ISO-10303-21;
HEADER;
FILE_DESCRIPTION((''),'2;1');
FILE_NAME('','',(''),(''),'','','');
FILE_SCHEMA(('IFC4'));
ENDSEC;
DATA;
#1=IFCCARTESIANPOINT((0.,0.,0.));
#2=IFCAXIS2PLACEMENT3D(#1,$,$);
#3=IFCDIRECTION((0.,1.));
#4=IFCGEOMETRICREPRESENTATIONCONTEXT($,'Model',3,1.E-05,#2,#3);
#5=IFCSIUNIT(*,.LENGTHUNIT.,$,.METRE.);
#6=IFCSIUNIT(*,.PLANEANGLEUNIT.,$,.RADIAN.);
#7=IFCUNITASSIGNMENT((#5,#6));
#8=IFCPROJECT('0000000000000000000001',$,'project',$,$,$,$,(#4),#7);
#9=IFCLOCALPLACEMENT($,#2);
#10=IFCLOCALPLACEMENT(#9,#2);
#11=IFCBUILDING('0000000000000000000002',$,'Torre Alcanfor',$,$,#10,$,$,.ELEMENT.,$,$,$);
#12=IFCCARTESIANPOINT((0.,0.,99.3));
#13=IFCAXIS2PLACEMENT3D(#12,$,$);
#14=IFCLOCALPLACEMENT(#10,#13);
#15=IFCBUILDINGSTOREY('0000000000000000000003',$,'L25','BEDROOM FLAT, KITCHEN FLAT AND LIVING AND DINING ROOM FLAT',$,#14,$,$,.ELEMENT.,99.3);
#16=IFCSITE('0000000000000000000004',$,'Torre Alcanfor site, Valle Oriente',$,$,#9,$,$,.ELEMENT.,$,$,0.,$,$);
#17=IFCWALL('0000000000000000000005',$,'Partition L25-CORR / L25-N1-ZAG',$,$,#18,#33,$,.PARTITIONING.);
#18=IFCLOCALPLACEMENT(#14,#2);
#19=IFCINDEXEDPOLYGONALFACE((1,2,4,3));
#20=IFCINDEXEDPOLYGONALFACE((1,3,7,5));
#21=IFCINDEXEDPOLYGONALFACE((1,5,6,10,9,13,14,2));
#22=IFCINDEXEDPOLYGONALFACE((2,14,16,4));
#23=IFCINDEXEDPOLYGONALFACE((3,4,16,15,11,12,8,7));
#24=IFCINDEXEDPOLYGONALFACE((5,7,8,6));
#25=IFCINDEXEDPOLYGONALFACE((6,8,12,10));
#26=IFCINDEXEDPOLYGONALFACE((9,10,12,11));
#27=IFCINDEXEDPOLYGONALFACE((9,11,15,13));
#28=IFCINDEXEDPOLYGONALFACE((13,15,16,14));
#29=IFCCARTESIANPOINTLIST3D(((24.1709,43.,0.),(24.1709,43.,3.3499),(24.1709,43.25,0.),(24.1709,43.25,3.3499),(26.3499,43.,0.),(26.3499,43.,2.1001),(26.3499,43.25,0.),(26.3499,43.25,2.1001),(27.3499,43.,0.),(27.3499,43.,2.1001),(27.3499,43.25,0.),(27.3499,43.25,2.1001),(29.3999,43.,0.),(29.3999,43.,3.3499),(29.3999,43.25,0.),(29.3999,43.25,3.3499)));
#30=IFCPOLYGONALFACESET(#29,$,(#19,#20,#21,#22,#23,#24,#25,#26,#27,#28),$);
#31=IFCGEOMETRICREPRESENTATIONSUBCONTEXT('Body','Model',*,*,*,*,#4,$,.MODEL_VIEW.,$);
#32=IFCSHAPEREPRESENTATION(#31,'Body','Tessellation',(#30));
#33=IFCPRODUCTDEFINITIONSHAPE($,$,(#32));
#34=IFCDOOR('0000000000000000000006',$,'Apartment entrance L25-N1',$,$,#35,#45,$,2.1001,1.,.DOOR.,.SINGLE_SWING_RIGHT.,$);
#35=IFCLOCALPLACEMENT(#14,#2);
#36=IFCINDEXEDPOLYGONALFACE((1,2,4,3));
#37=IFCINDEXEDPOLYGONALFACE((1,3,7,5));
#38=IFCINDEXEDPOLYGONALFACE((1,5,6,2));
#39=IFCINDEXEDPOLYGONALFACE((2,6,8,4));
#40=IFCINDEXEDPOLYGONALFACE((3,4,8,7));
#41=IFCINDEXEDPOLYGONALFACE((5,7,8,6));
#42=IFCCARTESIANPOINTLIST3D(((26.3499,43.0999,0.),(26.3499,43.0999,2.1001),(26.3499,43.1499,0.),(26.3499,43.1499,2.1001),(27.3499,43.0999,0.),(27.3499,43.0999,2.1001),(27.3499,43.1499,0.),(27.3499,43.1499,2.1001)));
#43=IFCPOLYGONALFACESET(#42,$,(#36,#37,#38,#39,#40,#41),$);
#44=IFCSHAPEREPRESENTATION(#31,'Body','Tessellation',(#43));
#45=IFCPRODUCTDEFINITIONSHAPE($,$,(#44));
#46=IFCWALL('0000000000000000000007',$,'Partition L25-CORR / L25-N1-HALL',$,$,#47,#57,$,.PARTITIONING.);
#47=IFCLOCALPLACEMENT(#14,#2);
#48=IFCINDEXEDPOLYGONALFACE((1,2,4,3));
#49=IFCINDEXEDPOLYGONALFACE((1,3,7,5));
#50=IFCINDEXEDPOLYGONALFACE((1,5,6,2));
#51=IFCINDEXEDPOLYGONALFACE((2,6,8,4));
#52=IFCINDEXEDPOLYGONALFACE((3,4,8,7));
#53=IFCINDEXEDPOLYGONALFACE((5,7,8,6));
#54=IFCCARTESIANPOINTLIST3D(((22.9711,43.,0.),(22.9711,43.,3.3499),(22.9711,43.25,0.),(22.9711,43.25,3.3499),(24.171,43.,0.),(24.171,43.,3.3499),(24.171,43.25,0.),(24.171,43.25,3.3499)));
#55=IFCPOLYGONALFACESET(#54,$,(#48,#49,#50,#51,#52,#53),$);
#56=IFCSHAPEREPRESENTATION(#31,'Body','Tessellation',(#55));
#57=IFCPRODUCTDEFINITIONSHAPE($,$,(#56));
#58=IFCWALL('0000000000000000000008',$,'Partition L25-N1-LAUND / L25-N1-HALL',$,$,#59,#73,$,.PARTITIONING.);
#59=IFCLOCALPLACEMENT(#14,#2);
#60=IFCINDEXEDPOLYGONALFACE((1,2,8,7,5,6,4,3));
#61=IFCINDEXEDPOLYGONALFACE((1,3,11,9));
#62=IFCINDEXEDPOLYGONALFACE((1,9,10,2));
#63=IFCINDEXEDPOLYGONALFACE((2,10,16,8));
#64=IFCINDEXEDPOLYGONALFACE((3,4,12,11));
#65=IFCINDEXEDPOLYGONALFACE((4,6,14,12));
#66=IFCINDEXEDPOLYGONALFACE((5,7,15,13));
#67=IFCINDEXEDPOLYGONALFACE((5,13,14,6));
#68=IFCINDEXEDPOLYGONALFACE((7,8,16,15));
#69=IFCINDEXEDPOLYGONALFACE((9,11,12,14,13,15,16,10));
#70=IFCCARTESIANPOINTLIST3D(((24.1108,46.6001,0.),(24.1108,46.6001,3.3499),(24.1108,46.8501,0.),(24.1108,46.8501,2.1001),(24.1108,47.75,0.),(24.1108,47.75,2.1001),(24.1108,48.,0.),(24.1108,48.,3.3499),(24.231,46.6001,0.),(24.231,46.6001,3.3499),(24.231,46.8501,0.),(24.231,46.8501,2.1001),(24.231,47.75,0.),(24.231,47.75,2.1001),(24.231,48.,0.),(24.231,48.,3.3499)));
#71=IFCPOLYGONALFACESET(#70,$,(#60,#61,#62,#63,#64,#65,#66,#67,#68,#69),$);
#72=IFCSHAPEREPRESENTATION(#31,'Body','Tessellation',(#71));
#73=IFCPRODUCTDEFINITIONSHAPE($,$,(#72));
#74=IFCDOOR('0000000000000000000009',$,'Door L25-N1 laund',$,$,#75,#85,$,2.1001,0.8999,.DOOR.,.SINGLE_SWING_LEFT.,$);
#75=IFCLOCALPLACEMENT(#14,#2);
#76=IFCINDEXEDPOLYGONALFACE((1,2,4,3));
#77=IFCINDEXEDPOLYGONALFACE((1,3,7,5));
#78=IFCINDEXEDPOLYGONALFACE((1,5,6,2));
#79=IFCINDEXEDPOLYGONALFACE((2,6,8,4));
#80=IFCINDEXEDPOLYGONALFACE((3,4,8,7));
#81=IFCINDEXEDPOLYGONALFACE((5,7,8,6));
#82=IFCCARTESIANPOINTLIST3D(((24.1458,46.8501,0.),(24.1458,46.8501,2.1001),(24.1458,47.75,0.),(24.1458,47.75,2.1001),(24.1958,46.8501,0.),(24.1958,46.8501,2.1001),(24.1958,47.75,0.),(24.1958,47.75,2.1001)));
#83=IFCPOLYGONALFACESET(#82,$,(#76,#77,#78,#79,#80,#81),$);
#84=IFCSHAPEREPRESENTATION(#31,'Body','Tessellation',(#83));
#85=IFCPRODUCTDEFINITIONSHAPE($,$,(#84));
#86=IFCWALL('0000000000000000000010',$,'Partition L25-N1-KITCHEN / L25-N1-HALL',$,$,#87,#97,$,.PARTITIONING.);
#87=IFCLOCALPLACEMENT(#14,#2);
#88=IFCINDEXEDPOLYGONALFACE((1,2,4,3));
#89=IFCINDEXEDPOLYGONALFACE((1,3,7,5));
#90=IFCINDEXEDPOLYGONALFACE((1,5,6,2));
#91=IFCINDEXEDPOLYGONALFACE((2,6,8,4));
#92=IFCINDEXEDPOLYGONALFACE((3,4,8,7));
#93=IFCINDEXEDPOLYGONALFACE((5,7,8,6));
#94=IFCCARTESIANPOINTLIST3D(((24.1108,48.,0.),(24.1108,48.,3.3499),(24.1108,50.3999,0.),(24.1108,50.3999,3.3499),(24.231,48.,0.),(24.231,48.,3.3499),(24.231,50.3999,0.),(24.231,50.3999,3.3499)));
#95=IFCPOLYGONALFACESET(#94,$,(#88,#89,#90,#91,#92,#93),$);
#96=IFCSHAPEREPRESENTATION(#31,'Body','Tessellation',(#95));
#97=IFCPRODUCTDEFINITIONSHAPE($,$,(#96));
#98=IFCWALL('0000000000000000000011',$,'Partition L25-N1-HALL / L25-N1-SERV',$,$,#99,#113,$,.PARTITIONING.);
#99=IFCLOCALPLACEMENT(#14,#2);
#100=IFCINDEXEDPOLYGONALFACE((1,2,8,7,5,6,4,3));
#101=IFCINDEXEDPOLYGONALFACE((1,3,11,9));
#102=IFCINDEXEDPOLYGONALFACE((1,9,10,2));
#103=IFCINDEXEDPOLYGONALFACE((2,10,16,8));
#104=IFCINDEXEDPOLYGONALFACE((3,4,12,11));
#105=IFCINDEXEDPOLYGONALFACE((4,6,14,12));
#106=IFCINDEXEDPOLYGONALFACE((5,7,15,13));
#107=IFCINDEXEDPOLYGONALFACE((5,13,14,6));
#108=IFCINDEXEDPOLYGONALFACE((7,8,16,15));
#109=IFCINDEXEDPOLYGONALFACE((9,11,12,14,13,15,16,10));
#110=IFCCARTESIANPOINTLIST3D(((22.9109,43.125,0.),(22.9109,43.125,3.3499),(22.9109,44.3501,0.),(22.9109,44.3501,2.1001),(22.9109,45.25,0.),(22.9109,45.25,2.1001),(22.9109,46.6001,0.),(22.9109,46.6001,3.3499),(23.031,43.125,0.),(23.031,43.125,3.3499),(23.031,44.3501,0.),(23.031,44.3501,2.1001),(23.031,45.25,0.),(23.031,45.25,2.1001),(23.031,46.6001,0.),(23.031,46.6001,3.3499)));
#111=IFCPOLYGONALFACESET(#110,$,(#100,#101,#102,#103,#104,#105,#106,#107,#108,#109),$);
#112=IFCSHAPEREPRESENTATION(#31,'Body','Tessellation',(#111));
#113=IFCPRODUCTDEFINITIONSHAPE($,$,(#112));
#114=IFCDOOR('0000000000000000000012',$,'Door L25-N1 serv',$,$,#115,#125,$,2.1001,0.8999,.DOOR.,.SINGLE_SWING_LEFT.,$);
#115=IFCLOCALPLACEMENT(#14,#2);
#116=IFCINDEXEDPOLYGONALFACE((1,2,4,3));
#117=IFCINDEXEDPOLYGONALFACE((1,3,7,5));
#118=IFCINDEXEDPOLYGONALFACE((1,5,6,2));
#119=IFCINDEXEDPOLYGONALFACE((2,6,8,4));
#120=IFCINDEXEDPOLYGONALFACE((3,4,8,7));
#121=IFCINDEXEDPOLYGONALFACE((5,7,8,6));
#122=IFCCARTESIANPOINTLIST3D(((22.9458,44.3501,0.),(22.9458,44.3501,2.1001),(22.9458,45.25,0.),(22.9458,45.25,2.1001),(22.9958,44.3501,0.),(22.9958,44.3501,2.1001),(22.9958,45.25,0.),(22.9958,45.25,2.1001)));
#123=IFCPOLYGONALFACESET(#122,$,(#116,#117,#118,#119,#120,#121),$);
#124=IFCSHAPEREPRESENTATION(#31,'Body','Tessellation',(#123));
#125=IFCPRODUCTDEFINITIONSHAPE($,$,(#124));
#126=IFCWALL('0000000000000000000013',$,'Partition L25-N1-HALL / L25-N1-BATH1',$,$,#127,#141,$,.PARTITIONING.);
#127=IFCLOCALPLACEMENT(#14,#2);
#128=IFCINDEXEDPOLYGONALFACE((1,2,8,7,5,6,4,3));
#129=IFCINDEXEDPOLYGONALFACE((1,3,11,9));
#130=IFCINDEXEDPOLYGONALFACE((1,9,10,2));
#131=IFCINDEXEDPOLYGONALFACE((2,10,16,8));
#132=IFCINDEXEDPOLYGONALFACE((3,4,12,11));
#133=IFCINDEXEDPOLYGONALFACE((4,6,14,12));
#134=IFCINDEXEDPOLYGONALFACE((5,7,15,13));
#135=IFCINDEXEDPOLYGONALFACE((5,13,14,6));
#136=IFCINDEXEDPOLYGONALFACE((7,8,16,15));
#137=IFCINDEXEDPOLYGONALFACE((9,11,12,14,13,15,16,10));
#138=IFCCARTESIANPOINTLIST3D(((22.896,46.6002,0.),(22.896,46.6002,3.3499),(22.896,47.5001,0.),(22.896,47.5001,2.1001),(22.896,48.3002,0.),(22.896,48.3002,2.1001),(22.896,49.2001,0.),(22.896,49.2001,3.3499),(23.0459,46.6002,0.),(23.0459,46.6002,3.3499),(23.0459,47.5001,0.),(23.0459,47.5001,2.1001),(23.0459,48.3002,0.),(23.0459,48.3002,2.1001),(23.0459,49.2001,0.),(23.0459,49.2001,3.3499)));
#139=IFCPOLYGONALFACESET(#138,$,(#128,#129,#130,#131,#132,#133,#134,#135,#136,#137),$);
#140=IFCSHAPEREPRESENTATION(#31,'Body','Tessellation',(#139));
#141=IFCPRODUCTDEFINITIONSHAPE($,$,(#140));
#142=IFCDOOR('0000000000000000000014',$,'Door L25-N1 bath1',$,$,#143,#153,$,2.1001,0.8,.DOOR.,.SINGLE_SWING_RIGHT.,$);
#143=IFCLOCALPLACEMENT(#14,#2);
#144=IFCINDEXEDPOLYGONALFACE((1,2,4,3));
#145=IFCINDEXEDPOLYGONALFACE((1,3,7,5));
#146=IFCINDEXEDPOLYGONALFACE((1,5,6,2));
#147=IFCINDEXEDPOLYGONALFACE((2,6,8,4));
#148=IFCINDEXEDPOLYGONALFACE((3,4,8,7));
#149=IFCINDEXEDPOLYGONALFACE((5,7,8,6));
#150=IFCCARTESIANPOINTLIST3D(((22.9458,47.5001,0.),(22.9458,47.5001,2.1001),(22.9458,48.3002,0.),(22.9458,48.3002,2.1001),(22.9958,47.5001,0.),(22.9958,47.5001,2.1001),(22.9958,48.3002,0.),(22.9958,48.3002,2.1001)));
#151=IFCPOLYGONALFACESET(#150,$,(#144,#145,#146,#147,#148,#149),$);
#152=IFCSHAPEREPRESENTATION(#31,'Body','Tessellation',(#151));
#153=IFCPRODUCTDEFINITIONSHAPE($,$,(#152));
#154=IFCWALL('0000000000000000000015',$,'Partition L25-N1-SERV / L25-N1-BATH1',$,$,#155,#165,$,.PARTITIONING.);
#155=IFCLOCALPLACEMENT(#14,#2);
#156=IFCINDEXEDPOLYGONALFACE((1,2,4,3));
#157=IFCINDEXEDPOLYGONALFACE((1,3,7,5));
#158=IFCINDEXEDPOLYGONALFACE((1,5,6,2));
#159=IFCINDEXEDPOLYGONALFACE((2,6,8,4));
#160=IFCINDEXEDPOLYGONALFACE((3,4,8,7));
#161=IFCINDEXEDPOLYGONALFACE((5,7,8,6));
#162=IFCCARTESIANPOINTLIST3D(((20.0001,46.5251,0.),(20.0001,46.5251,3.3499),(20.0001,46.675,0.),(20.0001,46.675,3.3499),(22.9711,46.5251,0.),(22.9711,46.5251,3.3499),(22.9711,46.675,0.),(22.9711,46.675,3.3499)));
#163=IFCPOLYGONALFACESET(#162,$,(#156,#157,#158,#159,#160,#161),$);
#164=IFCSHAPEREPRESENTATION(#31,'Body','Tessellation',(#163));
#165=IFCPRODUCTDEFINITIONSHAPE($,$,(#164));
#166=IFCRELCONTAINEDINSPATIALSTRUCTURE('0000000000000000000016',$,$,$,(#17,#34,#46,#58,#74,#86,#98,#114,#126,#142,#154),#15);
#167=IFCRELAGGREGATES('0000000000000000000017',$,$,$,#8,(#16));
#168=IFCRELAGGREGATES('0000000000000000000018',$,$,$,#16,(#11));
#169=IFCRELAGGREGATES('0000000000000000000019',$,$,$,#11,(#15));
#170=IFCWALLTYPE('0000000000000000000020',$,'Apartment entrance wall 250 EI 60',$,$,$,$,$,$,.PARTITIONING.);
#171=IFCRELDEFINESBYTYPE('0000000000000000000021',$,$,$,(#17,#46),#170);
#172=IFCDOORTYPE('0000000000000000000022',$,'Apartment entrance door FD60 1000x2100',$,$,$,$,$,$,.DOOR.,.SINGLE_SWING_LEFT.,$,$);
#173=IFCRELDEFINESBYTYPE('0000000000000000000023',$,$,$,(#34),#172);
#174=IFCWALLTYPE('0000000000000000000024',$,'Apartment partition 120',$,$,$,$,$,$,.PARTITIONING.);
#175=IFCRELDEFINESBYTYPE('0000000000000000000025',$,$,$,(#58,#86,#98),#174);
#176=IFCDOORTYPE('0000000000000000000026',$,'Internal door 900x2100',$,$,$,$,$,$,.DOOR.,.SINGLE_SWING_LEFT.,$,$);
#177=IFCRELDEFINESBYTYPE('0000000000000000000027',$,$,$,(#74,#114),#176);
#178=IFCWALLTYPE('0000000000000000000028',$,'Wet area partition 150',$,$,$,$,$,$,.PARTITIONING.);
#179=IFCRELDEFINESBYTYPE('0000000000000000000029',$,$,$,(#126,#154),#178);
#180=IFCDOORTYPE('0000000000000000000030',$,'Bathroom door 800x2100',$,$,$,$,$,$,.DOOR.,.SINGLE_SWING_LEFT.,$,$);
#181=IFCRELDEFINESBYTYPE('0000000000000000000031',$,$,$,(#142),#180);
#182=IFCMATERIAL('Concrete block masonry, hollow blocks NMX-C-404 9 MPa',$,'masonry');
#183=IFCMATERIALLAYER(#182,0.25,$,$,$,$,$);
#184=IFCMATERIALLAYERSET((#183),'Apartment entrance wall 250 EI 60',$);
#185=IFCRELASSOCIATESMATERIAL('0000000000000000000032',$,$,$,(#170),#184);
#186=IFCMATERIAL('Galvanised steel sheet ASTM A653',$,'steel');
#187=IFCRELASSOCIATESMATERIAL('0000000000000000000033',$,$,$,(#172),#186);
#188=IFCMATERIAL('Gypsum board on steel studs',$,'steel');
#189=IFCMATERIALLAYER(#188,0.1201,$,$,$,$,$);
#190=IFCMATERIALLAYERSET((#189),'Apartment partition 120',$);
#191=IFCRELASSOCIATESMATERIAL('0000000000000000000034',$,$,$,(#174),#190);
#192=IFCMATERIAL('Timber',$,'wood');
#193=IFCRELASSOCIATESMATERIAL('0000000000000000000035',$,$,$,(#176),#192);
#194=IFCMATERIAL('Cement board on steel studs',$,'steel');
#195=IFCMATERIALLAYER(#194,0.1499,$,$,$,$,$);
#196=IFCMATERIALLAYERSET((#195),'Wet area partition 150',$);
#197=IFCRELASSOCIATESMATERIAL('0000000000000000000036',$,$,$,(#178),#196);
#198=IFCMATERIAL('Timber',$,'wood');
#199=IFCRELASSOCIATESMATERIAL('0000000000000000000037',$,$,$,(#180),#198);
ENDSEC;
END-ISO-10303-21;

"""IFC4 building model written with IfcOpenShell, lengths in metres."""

from ifc_helpers import new_model, si_unit, direction, frame, frame_2d, origin, place, context, subcontext, project, spatial, rectangle, extrude, material, layer, layer_set, type_object, element, fill, save


model = new_model("IFC4")

# Units and contexts
model_context = context("Model", 3, precision=1e-05, world=origin(), true_north=direction((0.0, 1.0)))
body_context = subcontext(model_context, "Body", "Model", "MODEL_VIEW")
ifc_project = project(units=[si_unit("LENGTHUNIT", "METRE"), si_unit("PLANEANGLEUNIT", "RADIAN")], contexts=[model_context])

# Site, building, storey
site_placement = place(None, origin())
site = spatial("IfcSite", under=ifc_project, at=site_placement, Name="Torre Alcanfor site, Valle Oriente", CompositionType="ELEMENT", RefElevation=0.0)
building_placement = place(site_placement, origin())
building = spatial("IfcBuilding", under=site, at=building_placement, Name="Torre Alcanfor", CompositionType="ELEMENT")
storey_placement = place(building_placement, frame((0.0, 0.0, 99.3)))
storey = spatial("IfcBuildingStorey", under=building, at=storey_placement, Name="L25", Description="BEDROOM FLAT, KITCHEN FLAT AND LIVING AND DINING ROOM FLAT", CompositionType="ELEMENT", Elevation=99.3)

# Wall, opening, door
ifc_material_1 = material(Name="Concrete block masonry, hollow blocks NMX-C-404 9 MPa", Category="masonry")
ifc_layer_1 = layer(ifc_material_1, 0.25)
ifc_layer_set_1 = layer_set([ifc_layer_1], Name="Apartment entrance wall 250 EI 60")
wall_type_1 = type_object("IfcWallType", Name="Apartment entrance wall 250 EI 60", PredefinedType="PARTITIONING", material=ifc_layer_set_1)
wall_1_placement = place(storey_placement, frame((24.1709, 43.125, 0.0), z_axis=(0.0, 0.0, 1.0), x_axis=(1.0, 0.0, 0.0)))
wall_1 = element("IfcWall", 1, at=wall_1_placement, inside=storey, type_object=wall_type_1, Name="Partition L25-CORR / L25-N1-ZAG", PredefinedType="PARTITIONING", context=body_context, shape_type="SweptSolid", body=[
    extrude(rectangle(XDim=5.229, YDim=0.25, at=frame_2d((2.6145, 0.0))), origin(), (0.0, 0.0, 1.0), 3.3499),
])
opening_1_placement = place(wall_1_placement, frame((2.179, 0.0, 0.0)))
opening_1 = element("IfcOpeningElement", 2, at=opening_1_placement, cuts=wall_1, PredefinedType="OPENING", context=body_context, shape_type="SweptSolid", body=[
    extrude(rectangle(XDim=1.0, YDim=2.1001, at=frame_2d((0.5, 1.05))), frame((0.0, 0.135, 0.0), z_axis=(0.0, -1.0, 0.0), x_axis=(1.0, 0.0, 0.0)), (0.0, 0.0, 1.0), 0.27),
])
ifc_material_2 = material(Name="Galvanised steel sheet ASTM A653", Category="steel")
door_type_1 = type_object("IfcDoorType", Name="Apartment entrance door FD60 1000x2100", OperationType="SINGLE_SWING_LEFT", PredefinedType="DOOR", material=ifc_material_2)
door_1_placement = place(opening_1_placement, origin())
door_1 = element("IfcDoor", 3, at=door_1_placement, inside=storey, type_object=door_type_1, Name="Apartment entrance L25-N1", OperationType="SINGLE_SWING_RIGHT", OverallHeight=2.1001, OverallWidth=1.0, PredefinedType="DOOR", context=body_context, shape_type="SweptSolid", body=[
    extrude(rectangle(XDim=1.0, YDim=2.1001, at=frame_2d((0.5, 1.05))), frame((0.0, 0.0249, 0.0), z_axis=(0.0, -1.0, 0.0), x_axis=(1.0, 0.0, 0.0)), (0.0, 0.0, 1.0), 0.05),
])
fill(opening_1, door_1)

# Wall
wall_2_placement = place(storey_placement, frame((22.9709, 43.125, 0.0), z_axis=(0.0, 0.0, 1.0), x_axis=(1.0, 0.0, 0.0)))
element("IfcWall", 4, at=wall_2_placement, inside=storey, type_object=wall_type_1, Name="Partition L25-CORR / L25-N1-HALL", PredefinedType="PARTITIONING", context=body_context, shape_type="SweptSolid", body=[
    extrude(rectangle(XDim=1.2, YDim=0.25, at=frame_2d((0.6001, 0.0))), origin(), (0.0, 0.0, 1.0), 3.3499),
])

# Wall, opening, door
ifc_material_3 = material(Name="Gypsum board on steel studs", Category="steel")
ifc_layer_2 = layer(ifc_material_3, 0.1201)
ifc_layer_set_2 = layer_set([ifc_layer_2], Name="Apartment partition 120")
wall_type_2 = type_object("IfcWallType", Name="Apartment partition 120", PredefinedType="PARTITIONING", material=ifc_layer_set_2)
wall_3_placement = place(storey_placement, frame((24.1709, 48.0, 0.0), z_axis=(0.0, 0.0, 1.0), x_axis=(0.0, -1.0, 0.0)))
wall_3 = element("IfcWall", 5, at=wall_3_placement, inside=storey, type_object=wall_type_2, Name="Partition L25-N1-LAUND / L25-N1-HALL", PredefinedType="PARTITIONING", context=body_context, shape_type="SweptSolid", body=[
    extrude(rectangle(XDim=1.3999, YDim=0.1201, at=frame_2d((0.7, 0.0))), origin(), (0.0, 0.0, 1.0), 3.3499),
])
opening_2_placement = place(wall_3_placement, frame((0.25, 0.0, 0.0)))
opening_2 = element("IfcOpeningElement", 6, at=opening_2_placement, cuts=wall_3, PredefinedType="OPENING", context=body_context, shape_type="SweptSolid", body=[
    extrude(rectangle(XDim=0.8999, YDim=2.1001, at=frame_2d((0.45, 1.05))), frame((0.0, 0.0701, 0.0), z_axis=(0.0, -1.0, 0.0), x_axis=(1.0, 0.0, 0.0)), (0.0, 0.0, 1.0), 0.1401),
])
ifc_material_4 = material(Name="Timber", Category="wood")
door_type_2 = type_object("IfcDoorType", Name="Internal door 900x2100", OperationType="SINGLE_SWING_LEFT", PredefinedType="DOOR", material=ifc_material_4)
door_2_placement = place(opening_2_placement, origin())
door_2 = element("IfcDoor", 7, at=door_2_placement, inside=storey, type_object=door_type_2, Name="Door L25-N1 laund", OperationType="SINGLE_SWING_LEFT", OverallHeight=2.1001, OverallWidth=0.8999, PredefinedType="DOOR", context=body_context, shape_type="SweptSolid", body=[
    extrude(rectangle(XDim=0.8999, YDim=2.1001, at=frame_2d((0.45, 1.05))), frame((0.0, 0.0249, 0.0), z_axis=(0.0, -1.0, 0.0), x_axis=(1.0, 0.0, 0.0)), (0.0, 0.0, 1.0), 0.05),
])
fill(opening_2, door_2)

# Wall
wall_4_placement = place(storey_placement, frame((24.1709, 50.3999, 0.0), z_axis=(0.0, 0.0, 1.0), x_axis=(0.0, -1.0, 0.0)))
element("IfcWall", 8, at=wall_4_placement, inside=storey, type_object=wall_type_2, Name="Partition L25-N1-KITCHEN / L25-N1-HALL", PredefinedType="PARTITIONING", context=body_context, shape_type="SweptSolid", body=[
    extrude(rectangle(XDim=2.3999, YDim=0.1201, at=frame_2d((1.2, 0.0))), origin(), (0.0, 0.0, 1.0), 3.3499),
])

# Walls, openings, doors
wall_5_placement = place(storey_placement, frame((22.9709, 46.6001, 0.0), z_axis=(0.0, 0.0, 1.0), x_axis=(0.0, -1.0, 0.0)))
wall_5 = element("IfcWall", 9, at=wall_5_placement, inside=storey, type_object=wall_type_2, Name="Partition L25-N1-HALL / L25-N1-SERV", PredefinedType="PARTITIONING", context=body_context, shape_type="SweptSolid", body=[
    extrude(rectangle(XDim=3.4751, YDim=0.1201, at=frame_2d((1.7375, 0.0))), origin(), (0.0, 0.0, 1.0), 3.3499),
])
opening_3_placement = place(wall_5_placement, frame((1.3501, 0.0, 0.0)))
opening_3 = element("IfcOpeningElement", 10, at=opening_3_placement, cuts=wall_5, PredefinedType="OPENING", context=body_context, shape_type="SweptSolid", body=[
    extrude(rectangle(XDim=0.8999, YDim=2.1001, at=frame_2d((0.45, 1.05))), frame((0.0, 0.0701, 0.0), z_axis=(0.0, -1.0, 0.0), x_axis=(1.0, 0.0, 0.0)), (0.0, 0.0, 1.0), 0.1401),
])
door_3_placement = place(opening_3_placement, frame((0.8999, 0.0, 0.0), z_axis=(0.0, 0.0, 1.0), x_axis=(-1.0, 0.0, 0.0)))
door_3 = element("IfcDoor", 11, at=door_3_placement, inside=storey, type_object=door_type_2, Name="Door L25-N1 serv", OperationType="SINGLE_SWING_LEFT", OverallHeight=2.1001, OverallWidth=0.8999, PredefinedType="DOOR", context=body_context, shape_type="SweptSolid", body=[
    extrude(rectangle(XDim=0.8999, YDim=2.1001, at=frame_2d((0.45, 1.05))), frame((0.0, 0.0251, 0.0), z_axis=(0.0, -1.0, 0.0), x_axis=(1.0, 0.0, 0.0)), (0.0, 0.0, 1.0), 0.05),
])
fill(opening_3, door_3)
ifc_material_5 = material(Name="Cement board on steel studs", Category="steel")
ifc_layer_3 = layer(ifc_material_5, 0.1499)
ifc_layer_set_3 = layer_set([ifc_layer_3], Name="Wet area partition 150")
wall_type_3 = type_object("IfcWallType", Name="Wet area partition 150", PredefinedType="PARTITIONING", material=ifc_layer_set_3)
wall_6_placement = place(storey_placement, frame((22.9709, 49.2, 0.0), z_axis=(0.0, 0.0, 1.0), x_axis=(0.0, -1.0, 0.0)))
wall_6 = element("IfcWall", 12, at=wall_6_placement, inside=storey, type_object=wall_type_3, Name="Partition L25-N1-HALL / L25-N1-BATH1", PredefinedType="PARTITIONING", context=body_context, shape_type="SweptSolid", body=[
    extrude(rectangle(XDim=2.5999, YDim=0.1499, at=frame_2d((1.2998, 0.0))), origin(), (0.0, 0.0, 1.0), 3.3499),
])
opening_4_placement = place(wall_6_placement, frame((0.8999, 0.0, 0.0)))
opening_4 = element("IfcOpeningElement", 13, at=opening_4_placement, cuts=wall_6, PredefinedType="OPENING", context=body_context, shape_type="SweptSolid", body=[
    extrude(rectangle(XDim=0.8, YDim=2.1001, at=frame_2d((0.3999, 1.05))), frame((0.0, 0.085, 0.0), z_axis=(0.0, -1.0, 0.0), x_axis=(1.0, 0.0, 0.0)), (0.0, 0.0, 1.0), 0.1699),
])
ifc_material_6 = material(Name="Timber", Category="wood")
door_type_3 = type_object("IfcDoorType", Name="Bathroom door 800x2100", OperationType="SINGLE_SWING_LEFT", PredefinedType="DOOR", material=ifc_material_6)
door_4_placement = place(opening_4_placement, frame((0.8, 0.0, 0.0), z_axis=(0.0, 0.0, 1.0), x_axis=(-1.0, 0.0, 0.0)))
door_4 = element("IfcDoor", 14, at=door_4_placement, inside=storey, type_object=door_type_3, Name="Door L25-N1 bath1", OperationType="SINGLE_SWING_RIGHT", OverallHeight=2.1001, OverallWidth=0.8, PredefinedType="DOOR", context=body_context, shape_type="SweptSolid", body=[
    extrude(rectangle(XDim=0.8, YDim=2.1001, at=frame_2d((0.4001, 1.05))), frame((0.0, 0.0251, 0.0), z_axis=(0.0, -1.0, 0.0), x_axis=(1.0, 0.0, 0.0)), (0.0, 0.0, 1.0), 0.05),
])
fill(opening_4, door_4)

# Wall
for number, where, z_axis, x_axis, name in (
    (15, (22.9709, 46.6001, 0.0), (0.0, 0.0, 1.0), (-1.0, 0.0, 0.0), "Partition L25-N1-SERV / L25-N1-BATH1"),
):
    element("IfcWall", number, at=place(storey_placement, frame(where, z_axis=z_axis, x_axis=x_axis)), inside=storey, type_object=wall_type_3, Name=name, PredefinedType="PARTITIONING", context=body_context, shape_type="SweptSolid", body=[
        extrude(rectangle(XDim=2.9709, YDim=0.1499, at=frame_2d((1.4854, 0.0))), origin(), (0.0, 0.0, 1.0), 3.3499),
    ])

save(model, "model.ifc")
